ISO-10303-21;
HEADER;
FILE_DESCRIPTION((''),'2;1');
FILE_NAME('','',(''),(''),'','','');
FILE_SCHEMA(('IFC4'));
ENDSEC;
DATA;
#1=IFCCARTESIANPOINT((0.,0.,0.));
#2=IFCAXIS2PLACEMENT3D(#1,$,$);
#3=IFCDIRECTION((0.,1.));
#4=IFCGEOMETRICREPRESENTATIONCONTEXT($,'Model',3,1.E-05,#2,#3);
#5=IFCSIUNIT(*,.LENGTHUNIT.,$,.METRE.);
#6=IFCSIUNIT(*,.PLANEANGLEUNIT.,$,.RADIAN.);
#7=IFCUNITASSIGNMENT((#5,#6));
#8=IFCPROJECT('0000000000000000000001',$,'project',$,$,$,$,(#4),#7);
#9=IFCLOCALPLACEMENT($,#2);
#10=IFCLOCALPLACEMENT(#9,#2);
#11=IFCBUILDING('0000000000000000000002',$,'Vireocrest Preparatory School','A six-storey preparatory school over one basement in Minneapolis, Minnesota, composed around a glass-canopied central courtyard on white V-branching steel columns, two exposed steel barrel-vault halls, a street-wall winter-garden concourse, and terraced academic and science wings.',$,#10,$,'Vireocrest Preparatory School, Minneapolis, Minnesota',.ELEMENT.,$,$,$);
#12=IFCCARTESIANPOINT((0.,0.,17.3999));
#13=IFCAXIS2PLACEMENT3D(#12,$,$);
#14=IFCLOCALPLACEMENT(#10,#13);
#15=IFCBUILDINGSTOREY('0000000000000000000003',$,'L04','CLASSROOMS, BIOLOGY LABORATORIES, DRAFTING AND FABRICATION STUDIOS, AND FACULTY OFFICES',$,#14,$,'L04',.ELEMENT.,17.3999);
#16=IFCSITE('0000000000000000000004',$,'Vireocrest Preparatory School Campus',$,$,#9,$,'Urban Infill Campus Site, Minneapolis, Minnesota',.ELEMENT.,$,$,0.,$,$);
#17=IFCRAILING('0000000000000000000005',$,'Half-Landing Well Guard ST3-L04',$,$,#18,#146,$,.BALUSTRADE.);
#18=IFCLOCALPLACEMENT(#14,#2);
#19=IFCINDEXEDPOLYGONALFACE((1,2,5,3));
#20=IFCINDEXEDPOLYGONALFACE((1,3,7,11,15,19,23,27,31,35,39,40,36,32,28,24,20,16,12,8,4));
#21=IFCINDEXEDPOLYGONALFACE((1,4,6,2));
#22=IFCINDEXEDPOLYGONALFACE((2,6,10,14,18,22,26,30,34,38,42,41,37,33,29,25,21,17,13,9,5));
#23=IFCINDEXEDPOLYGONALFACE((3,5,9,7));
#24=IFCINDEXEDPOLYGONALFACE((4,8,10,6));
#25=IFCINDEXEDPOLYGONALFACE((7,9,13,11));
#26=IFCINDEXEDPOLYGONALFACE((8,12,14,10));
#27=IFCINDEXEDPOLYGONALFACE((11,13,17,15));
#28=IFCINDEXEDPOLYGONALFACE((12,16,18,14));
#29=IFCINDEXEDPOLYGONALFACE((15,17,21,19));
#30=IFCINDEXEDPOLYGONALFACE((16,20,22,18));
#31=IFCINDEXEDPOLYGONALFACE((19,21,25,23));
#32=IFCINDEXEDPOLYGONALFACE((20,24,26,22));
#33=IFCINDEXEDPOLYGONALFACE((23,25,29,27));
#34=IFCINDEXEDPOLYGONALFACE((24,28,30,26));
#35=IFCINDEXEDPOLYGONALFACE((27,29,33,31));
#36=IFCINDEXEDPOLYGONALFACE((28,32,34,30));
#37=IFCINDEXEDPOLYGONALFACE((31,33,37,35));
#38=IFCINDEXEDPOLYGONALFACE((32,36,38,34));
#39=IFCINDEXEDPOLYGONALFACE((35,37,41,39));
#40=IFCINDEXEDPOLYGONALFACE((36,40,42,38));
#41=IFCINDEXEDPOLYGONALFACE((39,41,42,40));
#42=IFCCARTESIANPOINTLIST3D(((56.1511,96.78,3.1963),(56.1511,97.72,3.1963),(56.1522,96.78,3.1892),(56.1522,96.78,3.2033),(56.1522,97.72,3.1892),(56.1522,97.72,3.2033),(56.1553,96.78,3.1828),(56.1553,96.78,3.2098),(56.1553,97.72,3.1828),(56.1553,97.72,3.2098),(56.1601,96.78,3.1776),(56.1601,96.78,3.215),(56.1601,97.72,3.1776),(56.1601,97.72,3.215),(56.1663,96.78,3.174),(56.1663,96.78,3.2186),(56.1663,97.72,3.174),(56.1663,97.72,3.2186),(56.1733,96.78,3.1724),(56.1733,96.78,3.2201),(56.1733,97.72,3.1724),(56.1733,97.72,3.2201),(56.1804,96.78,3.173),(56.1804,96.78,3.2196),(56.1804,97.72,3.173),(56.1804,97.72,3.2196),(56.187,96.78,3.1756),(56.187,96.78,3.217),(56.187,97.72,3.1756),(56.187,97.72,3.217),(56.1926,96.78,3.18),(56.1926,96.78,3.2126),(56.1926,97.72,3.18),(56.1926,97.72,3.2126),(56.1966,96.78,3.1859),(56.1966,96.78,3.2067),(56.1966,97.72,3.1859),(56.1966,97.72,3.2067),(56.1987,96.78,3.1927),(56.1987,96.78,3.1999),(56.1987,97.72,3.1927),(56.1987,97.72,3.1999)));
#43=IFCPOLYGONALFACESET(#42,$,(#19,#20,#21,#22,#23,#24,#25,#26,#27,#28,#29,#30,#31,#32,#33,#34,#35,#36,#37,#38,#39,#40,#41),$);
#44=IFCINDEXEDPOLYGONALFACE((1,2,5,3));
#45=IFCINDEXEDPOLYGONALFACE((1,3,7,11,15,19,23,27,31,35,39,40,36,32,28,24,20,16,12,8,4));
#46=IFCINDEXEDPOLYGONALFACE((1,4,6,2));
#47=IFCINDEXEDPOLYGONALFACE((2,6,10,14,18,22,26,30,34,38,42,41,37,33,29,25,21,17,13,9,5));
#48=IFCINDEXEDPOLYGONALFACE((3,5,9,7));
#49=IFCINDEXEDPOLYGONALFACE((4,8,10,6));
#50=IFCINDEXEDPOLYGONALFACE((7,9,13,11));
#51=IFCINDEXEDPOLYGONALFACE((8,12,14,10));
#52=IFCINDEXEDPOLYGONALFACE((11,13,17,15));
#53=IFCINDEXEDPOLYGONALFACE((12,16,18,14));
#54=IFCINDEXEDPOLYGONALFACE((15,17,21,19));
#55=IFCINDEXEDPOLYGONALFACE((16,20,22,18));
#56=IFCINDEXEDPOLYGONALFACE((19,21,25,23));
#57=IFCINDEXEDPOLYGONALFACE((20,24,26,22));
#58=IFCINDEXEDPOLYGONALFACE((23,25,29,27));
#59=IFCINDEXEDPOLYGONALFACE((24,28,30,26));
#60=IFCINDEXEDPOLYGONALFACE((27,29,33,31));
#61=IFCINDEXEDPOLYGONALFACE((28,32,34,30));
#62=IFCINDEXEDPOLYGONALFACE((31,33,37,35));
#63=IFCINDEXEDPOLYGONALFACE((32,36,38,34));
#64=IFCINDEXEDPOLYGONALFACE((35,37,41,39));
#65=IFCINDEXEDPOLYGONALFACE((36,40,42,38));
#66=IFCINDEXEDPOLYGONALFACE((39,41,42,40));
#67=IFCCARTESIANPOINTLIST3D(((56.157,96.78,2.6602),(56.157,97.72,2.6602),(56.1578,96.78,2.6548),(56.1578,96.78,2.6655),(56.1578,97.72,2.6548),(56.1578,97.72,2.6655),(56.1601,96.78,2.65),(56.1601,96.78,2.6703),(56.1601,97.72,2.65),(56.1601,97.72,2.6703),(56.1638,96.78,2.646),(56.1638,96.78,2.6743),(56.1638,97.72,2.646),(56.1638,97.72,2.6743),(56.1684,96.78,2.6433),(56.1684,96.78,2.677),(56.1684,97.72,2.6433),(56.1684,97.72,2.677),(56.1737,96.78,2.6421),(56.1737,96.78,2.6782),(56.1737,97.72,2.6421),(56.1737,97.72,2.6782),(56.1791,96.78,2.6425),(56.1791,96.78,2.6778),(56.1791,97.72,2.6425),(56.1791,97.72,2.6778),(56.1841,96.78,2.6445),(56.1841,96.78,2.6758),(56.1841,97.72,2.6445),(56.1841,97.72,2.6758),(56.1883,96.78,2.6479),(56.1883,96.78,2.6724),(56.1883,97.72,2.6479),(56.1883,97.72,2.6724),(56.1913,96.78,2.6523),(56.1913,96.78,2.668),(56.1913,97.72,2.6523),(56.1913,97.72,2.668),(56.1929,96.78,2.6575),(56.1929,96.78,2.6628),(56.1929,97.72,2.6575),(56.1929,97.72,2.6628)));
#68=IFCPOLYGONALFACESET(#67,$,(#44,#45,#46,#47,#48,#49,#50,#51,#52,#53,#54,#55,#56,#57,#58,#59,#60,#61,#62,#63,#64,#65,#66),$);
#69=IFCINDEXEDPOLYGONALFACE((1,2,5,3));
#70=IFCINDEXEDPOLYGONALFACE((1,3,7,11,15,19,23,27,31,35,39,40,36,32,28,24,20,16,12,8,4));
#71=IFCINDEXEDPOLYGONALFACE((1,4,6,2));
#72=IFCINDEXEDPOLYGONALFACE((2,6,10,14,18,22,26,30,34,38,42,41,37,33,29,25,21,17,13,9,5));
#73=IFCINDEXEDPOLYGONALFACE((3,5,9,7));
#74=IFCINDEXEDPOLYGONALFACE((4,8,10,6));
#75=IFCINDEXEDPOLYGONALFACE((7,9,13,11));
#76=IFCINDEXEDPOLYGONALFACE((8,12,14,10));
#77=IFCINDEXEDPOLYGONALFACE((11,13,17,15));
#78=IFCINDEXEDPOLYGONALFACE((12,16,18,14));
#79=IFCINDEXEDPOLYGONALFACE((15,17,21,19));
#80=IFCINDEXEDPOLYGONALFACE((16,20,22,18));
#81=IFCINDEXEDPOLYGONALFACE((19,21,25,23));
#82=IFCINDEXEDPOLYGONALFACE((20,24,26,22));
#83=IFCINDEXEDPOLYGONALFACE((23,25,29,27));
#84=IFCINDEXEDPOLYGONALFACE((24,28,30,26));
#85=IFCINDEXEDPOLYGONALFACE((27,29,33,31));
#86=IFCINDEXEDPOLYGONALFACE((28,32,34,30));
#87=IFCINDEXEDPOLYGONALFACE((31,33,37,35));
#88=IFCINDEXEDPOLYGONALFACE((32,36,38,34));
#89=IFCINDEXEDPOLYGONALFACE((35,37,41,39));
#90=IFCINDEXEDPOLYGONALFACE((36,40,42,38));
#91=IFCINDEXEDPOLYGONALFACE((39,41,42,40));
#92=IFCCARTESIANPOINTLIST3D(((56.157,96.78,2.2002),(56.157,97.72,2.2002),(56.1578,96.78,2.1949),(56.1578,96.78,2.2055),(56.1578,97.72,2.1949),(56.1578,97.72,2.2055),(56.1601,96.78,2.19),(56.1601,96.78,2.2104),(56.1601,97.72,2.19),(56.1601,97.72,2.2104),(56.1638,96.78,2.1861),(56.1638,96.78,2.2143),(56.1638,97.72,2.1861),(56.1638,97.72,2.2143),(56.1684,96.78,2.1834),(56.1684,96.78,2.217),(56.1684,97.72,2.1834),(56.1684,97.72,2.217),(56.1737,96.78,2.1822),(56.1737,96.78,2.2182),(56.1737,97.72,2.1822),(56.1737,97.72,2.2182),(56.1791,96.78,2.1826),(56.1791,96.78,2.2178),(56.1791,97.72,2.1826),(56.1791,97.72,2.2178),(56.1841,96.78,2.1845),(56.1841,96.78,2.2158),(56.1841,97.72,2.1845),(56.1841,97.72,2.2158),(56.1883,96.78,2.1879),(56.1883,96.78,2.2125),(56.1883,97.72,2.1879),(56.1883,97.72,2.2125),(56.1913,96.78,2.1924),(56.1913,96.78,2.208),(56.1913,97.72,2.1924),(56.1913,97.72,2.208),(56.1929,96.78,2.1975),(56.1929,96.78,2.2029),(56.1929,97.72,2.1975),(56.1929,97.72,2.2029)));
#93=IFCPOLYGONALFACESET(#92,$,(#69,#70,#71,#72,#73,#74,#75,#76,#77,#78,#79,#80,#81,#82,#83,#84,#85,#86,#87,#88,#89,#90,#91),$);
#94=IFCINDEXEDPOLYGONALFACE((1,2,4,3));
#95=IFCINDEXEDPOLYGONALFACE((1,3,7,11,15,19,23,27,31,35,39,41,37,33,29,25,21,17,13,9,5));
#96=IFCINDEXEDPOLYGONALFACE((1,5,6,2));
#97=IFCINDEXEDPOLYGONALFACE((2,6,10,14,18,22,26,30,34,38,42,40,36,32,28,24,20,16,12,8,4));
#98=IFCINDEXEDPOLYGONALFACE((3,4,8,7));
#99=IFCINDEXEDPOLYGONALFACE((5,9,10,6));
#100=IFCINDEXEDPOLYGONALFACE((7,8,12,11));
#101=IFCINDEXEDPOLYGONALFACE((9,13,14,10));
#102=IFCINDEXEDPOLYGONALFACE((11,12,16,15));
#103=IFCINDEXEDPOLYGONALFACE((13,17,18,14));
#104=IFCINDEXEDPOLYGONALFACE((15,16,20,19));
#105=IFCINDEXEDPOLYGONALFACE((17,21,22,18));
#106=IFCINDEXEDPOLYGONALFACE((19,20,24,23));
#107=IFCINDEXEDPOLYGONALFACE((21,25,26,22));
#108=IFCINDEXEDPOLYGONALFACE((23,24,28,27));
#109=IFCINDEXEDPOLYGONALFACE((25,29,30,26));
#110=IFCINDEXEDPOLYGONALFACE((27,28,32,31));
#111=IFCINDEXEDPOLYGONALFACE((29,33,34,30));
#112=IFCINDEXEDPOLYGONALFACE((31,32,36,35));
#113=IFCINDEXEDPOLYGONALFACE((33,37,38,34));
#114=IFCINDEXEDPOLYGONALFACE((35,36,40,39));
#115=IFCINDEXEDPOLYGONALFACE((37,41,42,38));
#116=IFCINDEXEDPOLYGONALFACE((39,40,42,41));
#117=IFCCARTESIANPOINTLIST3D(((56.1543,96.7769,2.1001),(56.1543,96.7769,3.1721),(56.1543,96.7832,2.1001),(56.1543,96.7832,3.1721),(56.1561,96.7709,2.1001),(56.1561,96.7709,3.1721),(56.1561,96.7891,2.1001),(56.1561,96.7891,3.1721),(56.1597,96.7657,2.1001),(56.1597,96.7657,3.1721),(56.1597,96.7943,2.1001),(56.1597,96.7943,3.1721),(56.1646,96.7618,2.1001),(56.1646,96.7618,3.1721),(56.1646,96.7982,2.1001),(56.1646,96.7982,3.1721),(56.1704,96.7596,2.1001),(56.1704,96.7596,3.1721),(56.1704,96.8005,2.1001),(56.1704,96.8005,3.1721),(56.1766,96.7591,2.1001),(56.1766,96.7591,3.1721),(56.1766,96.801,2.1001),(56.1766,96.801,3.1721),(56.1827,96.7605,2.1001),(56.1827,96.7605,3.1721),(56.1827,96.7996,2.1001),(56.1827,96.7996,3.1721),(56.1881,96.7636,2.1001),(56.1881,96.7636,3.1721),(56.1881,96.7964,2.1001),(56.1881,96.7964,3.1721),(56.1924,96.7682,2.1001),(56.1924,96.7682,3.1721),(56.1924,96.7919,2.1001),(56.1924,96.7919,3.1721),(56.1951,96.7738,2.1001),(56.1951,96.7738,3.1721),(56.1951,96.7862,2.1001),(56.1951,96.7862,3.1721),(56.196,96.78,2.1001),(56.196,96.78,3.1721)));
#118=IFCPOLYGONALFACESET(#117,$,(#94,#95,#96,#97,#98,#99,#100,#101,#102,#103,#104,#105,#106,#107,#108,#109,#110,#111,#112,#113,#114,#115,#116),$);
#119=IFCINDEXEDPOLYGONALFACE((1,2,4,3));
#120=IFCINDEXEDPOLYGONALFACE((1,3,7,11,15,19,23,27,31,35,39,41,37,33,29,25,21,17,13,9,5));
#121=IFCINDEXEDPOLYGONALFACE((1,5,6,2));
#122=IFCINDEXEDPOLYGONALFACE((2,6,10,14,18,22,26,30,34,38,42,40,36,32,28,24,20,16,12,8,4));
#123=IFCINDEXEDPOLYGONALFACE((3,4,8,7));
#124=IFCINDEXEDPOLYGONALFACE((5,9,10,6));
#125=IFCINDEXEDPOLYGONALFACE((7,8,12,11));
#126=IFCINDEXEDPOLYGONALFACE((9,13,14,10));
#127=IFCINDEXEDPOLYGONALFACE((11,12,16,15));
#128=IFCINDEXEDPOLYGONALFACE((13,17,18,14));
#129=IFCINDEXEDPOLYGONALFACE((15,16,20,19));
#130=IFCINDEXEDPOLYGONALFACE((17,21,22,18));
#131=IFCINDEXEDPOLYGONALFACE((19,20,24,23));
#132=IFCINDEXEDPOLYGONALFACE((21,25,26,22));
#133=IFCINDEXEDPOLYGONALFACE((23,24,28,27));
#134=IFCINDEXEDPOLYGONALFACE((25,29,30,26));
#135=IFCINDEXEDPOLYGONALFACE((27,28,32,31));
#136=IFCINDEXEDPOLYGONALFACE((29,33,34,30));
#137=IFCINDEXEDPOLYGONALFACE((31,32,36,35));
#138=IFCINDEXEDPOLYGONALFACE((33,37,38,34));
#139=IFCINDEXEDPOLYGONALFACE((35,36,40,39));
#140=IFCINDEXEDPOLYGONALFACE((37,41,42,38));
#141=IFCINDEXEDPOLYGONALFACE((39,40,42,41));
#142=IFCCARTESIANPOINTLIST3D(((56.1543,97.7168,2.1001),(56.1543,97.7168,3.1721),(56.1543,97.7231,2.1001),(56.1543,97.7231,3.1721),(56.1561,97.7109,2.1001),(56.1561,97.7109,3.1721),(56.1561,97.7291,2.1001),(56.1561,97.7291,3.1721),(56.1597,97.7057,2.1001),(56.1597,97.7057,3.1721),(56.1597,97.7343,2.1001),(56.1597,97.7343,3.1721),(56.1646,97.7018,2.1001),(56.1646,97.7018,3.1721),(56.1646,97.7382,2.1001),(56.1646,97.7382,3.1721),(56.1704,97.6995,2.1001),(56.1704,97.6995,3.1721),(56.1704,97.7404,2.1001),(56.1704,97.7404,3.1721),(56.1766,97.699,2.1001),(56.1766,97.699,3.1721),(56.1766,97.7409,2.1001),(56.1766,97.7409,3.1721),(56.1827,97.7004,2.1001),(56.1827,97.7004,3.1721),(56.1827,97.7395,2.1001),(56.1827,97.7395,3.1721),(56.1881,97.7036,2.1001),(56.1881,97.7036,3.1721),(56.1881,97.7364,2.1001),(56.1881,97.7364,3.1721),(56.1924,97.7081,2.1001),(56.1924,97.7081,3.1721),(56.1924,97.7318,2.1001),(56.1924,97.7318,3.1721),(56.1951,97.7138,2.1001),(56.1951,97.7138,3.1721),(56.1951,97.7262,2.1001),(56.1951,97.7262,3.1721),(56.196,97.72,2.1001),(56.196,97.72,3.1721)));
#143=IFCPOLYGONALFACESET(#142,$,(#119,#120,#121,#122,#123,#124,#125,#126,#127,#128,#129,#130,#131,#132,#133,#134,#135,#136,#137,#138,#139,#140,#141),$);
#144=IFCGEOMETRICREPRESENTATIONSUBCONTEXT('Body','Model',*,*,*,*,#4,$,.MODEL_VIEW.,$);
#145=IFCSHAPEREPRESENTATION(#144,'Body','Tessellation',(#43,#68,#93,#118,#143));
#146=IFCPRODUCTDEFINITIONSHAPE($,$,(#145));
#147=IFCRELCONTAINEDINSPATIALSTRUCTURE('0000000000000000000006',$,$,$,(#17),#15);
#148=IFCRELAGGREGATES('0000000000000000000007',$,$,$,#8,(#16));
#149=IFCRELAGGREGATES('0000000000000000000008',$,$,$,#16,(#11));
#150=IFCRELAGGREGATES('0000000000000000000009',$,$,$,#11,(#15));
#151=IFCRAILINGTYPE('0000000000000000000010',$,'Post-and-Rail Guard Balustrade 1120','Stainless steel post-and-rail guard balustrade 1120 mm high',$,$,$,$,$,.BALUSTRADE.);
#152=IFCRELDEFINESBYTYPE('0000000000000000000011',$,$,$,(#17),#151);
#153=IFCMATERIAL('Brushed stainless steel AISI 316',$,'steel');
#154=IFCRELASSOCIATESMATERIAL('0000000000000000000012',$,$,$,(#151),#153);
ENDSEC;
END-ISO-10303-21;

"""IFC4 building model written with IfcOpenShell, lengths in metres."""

from ifc_helpers import new_model, si_unit, direction, frame, origin, origin_2d, place, context, subcontext, project, spatial, circle, extrude, material, type_object, element, save


model = new_model("IFC4")

# Units and contexts
model_context = context("Model", 3, precision=1e-05, world=origin(), true_north=direction((0.0, 1.0)))
body_context = subcontext(model_context, "Body", "Model", "MODEL_VIEW")
ifc_project = project(units=[si_unit("LENGTHUNIT", "METRE"), si_unit("PLANEANGLEUNIT", "RADIAN")], contexts=[model_context])

# Site, building, storey
site_placement = place(None, origin())
site = spatial("IfcSite", under=ifc_project, at=site_placement, Name="Vireocrest Preparatory School Campus", LongName="Urban Infill Campus Site, Minneapolis, Minnesota", CompositionType="ELEMENT", RefElevation=0.0)
building_placement = place(site_placement, origin())
building = spatial("IfcBuilding", under=site, at=building_placement, Name="Vireocrest Preparatory School", Description="A six-storey preparatory school over one basement in Minneapolis, Minnesota, composed around a glass-canopied central courtyard on white V-branching steel columns, two exposed steel barrel-vault halls, a street-wall winter-garden concourse, and terraced academic and science wings.", LongName="Vireocrest Preparatory School, Minneapolis, Minnesota", CompositionType="ELEMENT")
storey_placement = place(building_placement, frame((0.0, 0.0, 17.3999)))
storey = spatial("IfcBuildingStorey", under=building, at=storey_placement, Name="L04", Description="CLASSROOMS, BIOLOGY LABORATORIES, DRAFTING AND FABRICATION STUDIOS, AND FACULTY OFFICES", LongName="L04", CompositionType="ELEMENT", Elevation=17.3999)

# Railing
ifc_material_1 = material(Name="Brushed stainless steel AISI 316", Category="steel")
railing_type_1 = type_object("IfcRailingType", Name="Post-and-Rail Guard Balustrade 1120", Description="Stainless steel post-and-rail guard balustrade 1120 mm high", PredefinedType="BALUSTRADE", material=ifc_material_1)
railing_1_placement = place(storey_placement, frame((56.175, 96.78, 2.1001)))
element("IfcRailing", 1, at=railing_1_placement, inside=storey, type_object=railing_type_1, Name="Half-Landing Well Guard ST3-L04", PredefinedType="BALUSTRADE", context=body_context, shape_type="SweptSolid", body=[
    extrude(circle(Radius=0.0239, at=origin_2d()), frame((0.0, 0.0, 1.0962), z_axis=(0.0, 1.0, 0.0), x_axis=(-1.0, 0.0, 0.0)), (0.0, 0.0, 1.0), 0.9399),
    extrude(circle(Radius=0.0181, at=origin_2d()), frame((0.0, 0.0, 0.5601), z_axis=(0.0, 1.0, 0.0), x_axis=(-1.0, 0.0, 0.0)), (0.0, 0.0, 1.0), 0.9399),
    extrude(circle(Radius=0.0181, at=origin_2d()), frame((0.0, 0.0, 0.1001), z_axis=(0.0, 1.0, 0.0), x_axis=(-1.0, 0.0, 0.0)), (0.0, 0.0, 1.0), 0.9399),
    extrude(circle(Radius=0.021, at=origin_2d()), origin(), (0.0, 0.0, 1.0), 1.072),
    extrude(circle(Radius=0.021, at=origin_2d()), frame((0.0, 0.9399, 0.0)), (0.0, 0.0, 1.0), 1.072),
])

save(model, "model.ifc")
